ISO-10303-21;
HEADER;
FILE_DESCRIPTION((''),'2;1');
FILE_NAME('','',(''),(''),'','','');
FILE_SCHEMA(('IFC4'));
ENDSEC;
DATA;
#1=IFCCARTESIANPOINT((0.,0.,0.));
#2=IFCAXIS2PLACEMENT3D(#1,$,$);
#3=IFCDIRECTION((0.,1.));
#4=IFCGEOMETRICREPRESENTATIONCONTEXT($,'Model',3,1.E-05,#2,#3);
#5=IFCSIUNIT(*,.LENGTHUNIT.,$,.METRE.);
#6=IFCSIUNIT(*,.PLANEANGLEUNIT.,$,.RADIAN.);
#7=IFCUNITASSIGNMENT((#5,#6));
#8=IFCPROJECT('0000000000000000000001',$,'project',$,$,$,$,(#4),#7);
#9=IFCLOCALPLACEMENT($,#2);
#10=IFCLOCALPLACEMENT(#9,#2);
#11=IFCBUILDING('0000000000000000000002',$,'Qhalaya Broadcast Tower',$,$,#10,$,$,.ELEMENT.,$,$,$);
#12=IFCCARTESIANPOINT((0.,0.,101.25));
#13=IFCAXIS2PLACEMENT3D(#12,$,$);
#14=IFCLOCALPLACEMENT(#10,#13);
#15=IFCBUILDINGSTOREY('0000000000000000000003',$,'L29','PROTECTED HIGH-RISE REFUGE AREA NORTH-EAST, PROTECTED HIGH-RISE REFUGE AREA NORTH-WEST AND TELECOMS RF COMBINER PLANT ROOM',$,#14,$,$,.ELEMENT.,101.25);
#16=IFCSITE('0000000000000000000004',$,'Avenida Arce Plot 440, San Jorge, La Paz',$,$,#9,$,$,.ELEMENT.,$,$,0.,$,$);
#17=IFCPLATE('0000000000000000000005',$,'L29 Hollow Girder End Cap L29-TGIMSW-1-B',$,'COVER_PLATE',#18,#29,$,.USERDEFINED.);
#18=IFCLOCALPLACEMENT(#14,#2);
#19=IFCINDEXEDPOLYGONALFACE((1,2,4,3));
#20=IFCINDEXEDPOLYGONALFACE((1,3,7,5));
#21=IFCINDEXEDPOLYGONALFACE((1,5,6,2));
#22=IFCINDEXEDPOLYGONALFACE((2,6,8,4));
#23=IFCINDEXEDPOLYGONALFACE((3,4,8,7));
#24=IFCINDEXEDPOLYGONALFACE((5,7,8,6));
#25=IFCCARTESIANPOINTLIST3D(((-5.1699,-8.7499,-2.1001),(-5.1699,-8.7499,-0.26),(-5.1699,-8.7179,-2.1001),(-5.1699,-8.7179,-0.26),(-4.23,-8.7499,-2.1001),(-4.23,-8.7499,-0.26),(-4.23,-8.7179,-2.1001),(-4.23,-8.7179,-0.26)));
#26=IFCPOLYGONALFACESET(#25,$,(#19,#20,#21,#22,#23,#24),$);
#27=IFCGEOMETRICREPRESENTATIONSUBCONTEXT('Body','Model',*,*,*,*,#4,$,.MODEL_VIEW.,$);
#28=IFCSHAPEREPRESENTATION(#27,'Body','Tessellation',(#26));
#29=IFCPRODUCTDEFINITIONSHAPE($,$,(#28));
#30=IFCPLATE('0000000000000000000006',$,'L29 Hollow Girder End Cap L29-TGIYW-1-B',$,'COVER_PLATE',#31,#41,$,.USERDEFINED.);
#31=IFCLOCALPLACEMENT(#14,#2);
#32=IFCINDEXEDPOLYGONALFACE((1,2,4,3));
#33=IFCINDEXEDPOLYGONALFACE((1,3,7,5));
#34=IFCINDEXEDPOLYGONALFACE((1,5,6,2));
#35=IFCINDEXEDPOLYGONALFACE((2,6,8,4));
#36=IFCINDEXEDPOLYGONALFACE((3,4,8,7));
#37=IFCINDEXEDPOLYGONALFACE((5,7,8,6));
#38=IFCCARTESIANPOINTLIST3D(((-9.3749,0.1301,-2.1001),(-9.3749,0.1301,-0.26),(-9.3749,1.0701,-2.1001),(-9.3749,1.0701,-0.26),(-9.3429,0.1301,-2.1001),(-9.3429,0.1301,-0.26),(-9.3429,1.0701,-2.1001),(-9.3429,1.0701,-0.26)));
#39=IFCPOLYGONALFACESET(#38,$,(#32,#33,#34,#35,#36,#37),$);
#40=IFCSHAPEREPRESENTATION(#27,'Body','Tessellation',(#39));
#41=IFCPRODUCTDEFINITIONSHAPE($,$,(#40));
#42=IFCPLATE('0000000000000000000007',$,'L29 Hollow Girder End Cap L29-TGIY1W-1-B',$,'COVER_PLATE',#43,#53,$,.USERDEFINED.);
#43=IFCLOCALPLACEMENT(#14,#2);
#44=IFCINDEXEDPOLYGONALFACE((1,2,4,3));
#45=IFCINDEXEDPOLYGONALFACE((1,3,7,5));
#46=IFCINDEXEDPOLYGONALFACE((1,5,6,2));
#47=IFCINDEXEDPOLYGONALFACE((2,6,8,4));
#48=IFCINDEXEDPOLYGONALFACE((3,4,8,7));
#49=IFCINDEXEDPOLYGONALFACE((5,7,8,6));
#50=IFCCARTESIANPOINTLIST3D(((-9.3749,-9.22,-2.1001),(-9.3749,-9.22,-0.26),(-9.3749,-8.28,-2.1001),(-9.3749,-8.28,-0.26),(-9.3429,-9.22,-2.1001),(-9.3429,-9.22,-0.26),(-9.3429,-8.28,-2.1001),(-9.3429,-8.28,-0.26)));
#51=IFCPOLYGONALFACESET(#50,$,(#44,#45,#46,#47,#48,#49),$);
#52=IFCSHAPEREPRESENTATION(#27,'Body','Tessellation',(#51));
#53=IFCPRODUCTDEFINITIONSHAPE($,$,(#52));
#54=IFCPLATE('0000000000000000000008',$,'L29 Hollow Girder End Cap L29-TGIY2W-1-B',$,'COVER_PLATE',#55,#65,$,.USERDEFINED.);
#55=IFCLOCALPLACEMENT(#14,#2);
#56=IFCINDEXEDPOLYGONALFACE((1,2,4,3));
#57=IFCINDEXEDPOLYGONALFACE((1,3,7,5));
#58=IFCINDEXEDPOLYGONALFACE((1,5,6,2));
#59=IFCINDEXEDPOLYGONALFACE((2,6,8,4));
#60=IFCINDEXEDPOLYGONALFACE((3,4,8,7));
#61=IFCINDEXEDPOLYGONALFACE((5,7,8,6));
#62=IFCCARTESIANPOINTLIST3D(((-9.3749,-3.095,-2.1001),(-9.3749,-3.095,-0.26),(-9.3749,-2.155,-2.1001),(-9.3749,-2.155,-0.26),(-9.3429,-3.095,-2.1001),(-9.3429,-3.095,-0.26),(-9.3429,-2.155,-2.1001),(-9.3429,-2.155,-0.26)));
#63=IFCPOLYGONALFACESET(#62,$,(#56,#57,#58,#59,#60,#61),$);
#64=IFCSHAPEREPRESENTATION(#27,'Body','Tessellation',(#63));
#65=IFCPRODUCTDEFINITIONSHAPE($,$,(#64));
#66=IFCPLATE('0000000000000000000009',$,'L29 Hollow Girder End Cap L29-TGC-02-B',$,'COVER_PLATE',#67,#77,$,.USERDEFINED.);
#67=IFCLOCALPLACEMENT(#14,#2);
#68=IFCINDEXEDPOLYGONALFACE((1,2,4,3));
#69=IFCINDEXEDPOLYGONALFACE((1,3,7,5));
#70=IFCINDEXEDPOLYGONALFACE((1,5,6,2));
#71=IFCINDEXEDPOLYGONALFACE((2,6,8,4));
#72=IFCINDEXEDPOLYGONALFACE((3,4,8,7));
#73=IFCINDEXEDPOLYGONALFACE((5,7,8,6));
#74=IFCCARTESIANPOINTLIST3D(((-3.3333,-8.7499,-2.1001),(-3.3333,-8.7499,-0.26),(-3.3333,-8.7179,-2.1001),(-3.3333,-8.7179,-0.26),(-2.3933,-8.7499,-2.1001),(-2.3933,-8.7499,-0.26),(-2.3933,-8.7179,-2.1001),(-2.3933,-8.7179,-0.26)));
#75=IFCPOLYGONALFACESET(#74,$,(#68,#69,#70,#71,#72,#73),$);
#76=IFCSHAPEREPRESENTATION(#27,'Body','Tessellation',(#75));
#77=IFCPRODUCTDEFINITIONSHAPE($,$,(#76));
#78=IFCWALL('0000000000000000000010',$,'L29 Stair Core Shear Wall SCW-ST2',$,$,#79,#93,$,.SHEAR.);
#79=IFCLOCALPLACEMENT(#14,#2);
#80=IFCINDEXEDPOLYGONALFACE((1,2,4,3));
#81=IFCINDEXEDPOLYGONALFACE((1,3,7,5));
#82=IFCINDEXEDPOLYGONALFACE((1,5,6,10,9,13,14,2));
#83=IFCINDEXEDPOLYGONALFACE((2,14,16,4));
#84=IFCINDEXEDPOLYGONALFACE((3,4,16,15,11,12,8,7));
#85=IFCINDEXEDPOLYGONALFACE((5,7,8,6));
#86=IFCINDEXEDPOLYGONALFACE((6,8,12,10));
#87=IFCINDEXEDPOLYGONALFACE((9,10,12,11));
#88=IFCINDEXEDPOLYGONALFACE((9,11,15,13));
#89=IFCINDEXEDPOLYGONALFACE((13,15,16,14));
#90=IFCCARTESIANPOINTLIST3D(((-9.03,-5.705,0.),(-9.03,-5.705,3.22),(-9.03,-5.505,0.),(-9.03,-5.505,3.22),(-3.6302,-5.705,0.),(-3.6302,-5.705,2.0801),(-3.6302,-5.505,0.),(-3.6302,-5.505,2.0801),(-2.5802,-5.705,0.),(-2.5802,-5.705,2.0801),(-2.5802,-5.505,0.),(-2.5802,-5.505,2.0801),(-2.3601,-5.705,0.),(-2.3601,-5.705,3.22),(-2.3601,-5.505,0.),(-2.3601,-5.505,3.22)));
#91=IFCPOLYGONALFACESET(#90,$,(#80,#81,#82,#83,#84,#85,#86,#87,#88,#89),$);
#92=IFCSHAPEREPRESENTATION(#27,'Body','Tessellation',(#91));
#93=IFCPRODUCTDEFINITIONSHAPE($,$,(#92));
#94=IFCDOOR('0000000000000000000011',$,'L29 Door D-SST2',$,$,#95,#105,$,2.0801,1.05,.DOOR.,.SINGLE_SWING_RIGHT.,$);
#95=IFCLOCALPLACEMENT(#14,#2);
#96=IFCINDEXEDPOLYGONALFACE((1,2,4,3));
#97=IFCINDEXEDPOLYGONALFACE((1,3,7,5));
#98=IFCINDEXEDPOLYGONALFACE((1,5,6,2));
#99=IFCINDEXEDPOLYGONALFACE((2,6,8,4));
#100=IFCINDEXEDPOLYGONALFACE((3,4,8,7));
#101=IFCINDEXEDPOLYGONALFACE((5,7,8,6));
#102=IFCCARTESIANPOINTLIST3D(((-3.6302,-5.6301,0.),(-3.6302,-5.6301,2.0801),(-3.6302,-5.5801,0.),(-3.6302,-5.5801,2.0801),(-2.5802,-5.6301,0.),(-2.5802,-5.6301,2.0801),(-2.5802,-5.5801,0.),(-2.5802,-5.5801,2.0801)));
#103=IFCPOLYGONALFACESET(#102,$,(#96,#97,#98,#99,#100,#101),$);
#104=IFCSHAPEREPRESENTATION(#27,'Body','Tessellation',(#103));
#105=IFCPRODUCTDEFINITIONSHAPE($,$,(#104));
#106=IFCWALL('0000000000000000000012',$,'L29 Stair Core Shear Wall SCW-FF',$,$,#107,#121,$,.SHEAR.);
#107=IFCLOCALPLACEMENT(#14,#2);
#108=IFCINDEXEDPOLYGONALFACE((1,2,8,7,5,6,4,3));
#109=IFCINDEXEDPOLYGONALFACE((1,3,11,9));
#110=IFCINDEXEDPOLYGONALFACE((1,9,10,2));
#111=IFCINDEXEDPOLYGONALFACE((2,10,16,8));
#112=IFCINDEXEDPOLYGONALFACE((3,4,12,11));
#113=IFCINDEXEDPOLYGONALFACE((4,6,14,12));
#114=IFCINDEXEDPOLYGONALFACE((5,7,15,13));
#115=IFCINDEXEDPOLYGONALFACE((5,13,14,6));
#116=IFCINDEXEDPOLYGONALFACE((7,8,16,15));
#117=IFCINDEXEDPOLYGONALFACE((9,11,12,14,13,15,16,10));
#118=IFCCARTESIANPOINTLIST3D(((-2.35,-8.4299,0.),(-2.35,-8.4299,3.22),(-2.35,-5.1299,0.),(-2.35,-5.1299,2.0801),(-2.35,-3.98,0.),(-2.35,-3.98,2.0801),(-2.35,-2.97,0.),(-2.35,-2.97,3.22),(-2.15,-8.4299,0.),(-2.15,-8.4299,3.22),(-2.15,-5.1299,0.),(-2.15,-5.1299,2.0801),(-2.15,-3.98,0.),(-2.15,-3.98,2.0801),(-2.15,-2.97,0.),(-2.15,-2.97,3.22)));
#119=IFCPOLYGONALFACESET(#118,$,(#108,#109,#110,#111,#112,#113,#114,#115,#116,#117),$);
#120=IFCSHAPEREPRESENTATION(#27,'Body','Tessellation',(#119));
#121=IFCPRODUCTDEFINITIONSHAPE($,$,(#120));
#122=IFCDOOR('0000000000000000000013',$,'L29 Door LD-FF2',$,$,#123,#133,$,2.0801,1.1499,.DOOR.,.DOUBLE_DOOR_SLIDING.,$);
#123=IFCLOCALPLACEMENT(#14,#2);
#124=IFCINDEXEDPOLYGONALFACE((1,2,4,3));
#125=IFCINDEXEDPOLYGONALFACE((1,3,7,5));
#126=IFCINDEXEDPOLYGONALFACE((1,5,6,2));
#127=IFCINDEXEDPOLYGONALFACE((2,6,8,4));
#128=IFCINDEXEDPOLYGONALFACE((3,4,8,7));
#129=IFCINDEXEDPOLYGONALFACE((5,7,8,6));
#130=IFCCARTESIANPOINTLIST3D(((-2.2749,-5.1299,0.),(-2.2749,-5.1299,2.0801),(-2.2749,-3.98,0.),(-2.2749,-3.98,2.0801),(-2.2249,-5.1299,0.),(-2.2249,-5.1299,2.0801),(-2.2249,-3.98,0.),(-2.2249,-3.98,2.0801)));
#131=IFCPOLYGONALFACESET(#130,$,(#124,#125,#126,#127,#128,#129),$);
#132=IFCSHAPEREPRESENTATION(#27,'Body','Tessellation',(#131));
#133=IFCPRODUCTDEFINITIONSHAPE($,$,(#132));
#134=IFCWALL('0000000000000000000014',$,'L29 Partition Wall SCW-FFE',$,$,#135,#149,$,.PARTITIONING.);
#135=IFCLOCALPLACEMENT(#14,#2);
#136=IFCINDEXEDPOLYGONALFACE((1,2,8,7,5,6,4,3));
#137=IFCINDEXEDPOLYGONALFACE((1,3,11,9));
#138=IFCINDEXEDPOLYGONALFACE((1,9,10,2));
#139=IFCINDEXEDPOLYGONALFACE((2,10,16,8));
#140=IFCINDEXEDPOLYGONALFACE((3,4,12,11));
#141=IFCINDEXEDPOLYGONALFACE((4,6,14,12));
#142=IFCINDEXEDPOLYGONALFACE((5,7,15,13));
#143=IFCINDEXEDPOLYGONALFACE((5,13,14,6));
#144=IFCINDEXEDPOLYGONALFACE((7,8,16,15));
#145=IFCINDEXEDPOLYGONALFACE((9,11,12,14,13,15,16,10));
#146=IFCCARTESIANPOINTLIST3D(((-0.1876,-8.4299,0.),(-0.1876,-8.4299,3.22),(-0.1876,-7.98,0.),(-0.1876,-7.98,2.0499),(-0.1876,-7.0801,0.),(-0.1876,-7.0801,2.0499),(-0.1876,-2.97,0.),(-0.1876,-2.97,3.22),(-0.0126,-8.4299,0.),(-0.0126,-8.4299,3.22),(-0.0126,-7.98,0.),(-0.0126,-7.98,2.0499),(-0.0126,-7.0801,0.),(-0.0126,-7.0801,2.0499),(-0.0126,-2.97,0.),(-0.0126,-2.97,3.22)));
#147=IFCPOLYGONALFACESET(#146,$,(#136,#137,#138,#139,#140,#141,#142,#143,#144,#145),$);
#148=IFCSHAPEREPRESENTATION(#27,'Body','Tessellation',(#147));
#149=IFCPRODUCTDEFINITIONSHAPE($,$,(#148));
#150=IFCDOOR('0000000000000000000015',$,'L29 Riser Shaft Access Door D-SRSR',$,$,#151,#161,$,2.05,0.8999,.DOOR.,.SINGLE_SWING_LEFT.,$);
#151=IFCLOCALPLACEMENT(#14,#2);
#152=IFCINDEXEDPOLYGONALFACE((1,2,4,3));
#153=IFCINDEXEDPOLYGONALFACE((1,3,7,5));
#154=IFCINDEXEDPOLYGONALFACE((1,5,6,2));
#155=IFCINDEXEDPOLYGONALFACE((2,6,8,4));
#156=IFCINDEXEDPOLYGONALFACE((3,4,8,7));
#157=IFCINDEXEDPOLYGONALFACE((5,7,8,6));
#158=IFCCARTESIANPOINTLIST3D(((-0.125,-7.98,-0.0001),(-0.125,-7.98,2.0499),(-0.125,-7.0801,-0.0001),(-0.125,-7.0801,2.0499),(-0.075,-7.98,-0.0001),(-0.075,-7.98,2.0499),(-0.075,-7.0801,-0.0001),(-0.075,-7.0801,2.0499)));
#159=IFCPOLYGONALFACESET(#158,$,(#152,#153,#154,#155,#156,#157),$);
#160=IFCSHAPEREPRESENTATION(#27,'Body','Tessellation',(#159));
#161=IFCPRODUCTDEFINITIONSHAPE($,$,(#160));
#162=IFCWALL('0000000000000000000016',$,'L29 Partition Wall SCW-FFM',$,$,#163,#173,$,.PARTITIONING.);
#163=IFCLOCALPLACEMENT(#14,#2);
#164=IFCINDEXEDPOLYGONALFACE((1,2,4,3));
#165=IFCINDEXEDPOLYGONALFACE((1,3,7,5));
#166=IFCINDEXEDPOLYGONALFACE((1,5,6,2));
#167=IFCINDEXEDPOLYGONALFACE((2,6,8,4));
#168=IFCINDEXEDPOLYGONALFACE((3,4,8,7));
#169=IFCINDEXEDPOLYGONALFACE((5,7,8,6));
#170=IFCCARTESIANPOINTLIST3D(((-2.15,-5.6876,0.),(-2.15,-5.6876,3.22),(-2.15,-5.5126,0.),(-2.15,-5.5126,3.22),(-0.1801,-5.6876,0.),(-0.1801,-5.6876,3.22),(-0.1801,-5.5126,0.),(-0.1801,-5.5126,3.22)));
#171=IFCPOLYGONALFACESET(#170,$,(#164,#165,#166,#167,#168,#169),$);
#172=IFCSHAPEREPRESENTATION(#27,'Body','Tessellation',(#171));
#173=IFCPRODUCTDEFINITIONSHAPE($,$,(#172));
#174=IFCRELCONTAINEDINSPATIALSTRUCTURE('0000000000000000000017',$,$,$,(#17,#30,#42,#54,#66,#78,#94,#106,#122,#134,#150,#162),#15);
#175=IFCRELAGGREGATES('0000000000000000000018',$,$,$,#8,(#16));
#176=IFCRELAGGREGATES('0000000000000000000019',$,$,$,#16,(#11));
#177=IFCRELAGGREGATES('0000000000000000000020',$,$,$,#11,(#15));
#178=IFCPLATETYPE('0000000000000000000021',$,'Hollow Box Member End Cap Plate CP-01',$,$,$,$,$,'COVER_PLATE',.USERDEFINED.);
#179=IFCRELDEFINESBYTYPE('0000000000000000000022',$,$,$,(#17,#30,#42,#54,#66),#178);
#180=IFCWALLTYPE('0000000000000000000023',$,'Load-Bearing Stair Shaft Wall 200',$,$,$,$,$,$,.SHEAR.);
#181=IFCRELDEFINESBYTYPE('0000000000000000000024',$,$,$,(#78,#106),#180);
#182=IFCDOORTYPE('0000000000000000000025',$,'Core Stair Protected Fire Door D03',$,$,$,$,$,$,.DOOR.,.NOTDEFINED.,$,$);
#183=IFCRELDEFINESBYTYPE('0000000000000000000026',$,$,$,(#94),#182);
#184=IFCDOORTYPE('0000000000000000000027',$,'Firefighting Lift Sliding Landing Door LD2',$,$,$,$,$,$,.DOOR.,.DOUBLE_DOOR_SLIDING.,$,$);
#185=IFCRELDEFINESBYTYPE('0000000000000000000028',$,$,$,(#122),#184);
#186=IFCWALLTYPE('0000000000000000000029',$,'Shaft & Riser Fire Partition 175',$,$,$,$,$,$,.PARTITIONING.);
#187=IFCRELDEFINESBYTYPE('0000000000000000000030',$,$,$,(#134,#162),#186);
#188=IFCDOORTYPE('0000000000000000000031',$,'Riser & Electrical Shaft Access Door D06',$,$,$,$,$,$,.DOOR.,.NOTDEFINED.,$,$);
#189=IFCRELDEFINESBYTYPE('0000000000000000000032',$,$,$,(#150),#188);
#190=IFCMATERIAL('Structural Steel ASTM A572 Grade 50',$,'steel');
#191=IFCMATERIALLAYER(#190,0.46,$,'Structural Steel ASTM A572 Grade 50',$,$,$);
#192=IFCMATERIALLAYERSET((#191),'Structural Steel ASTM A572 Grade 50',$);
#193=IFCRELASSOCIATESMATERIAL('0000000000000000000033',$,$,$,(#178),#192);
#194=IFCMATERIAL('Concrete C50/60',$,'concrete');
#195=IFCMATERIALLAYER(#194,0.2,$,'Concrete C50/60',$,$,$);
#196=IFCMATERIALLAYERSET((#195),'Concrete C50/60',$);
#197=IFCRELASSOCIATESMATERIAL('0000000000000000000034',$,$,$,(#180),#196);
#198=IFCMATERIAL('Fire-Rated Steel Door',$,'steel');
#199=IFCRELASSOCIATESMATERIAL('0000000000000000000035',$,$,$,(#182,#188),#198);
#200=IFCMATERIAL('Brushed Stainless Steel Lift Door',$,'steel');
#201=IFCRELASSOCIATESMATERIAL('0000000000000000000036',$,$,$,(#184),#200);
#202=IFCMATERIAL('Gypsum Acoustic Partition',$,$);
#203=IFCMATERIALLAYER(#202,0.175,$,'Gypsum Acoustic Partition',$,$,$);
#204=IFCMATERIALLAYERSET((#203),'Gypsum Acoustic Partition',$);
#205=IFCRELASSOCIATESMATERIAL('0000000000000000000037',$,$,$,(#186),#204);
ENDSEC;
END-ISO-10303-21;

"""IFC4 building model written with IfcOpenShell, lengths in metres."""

from ifc_helpers import new_model, si_unit, direction, frame, frame_2d, origin, origin_2d, place, context, subcontext, project, spatial, rectangle, extrude, material, layer, layer_set, type_object, element, fill, save


model = new_model("IFC4")

# Units and contexts
model_context = context("Model", 3, precision=1e-05, world=origin(), true_north=direction((0.0, 1.0)))
body_context = subcontext(model_context, "Body", "Model", "MODEL_VIEW")
ifc_project = project(units=[si_unit("LENGTHUNIT", "METRE"), si_unit("PLANEANGLEUNIT", "RADIAN")], contexts=[model_context])

# Site, building, storey
site_placement = place(None, origin())
site = spatial("IfcSite", under=ifc_project, at=site_placement, Name="Avenida Arce Plot 440, San Jorge, La Paz", CompositionType="ELEMENT", RefElevation=0.0)
building_placement = place(site_placement, origin())
building = spatial("IfcBuilding", under=site, at=building_placement, Name="Qhalaya Broadcast Tower", CompositionType="ELEMENT")
storey_placement = place(building_placement, frame((0.0, 0.0, 101.25)))
storey = spatial("IfcBuildingStorey", under=building, at=storey_placement, Name="L29", Description="PROTECTED HIGH-RISE REFUGE AREA NORTH-EAST, PROTECTED HIGH-RISE REFUGE AREA NORTH-WEST AND TELECOMS RF COMBINER PLANT ROOM", CompositionType="ELEMENT", Elevation=101.25)

# Shared definitions
ifc_material_1 = material(Name="Concrete C50/60", Category="concrete")

# Plates
ifc_material_2 = material(Name="Structural Steel ASTM A572 Grade 50", Category="steel")
ifc_layer_1 = layer(ifc_material_2, 0.46, Name="Structural Steel ASTM A572 Grade 50")
ifc_layer_set_1 = layer_set([ifc_layer_1], Name="Structural Steel ASTM A572 Grade 50")
plate_type = type_object("IfcPlateType", Name="Hollow Box Member End Cap Plate CP-01", ElementType="COVER_PLATE", PredefinedType="USERDEFINED", material=ifc_layer_set_1)
for number, where, z_axis, x_axis, name in (
    (1, (-4.7, -8.7339, -2.1001), (0.0, 0.0, 1.0), (-1.0, 0.0, 0.0), "L29 Hollow Girder End Cap L29-TGIMSW-1-B"),
    (2, (-9.3589, 0.6001, -2.1001), (0.0, 0.0, 1.0), (0.0, 1.0, 0.0), "L29 Hollow Girder End Cap L29-TGIYW-1-B"),
    (3, (-9.3589, -8.75, -2.1001), (0.0, 0.0, 1.0), (0.0, 1.0, 0.0), "L29 Hollow Girder End Cap L29-TGIY1W-1-B"),
    (4, (-9.3589, -2.625, -2.1001), (0.0, 0.0, 1.0), (0.0, 1.0, 0.0), "L29 Hollow Girder End Cap L29-TGIY2W-1-B"),
    (5, (-2.8633, -8.7339, -2.1001), (0.0, 0.0, 1.0), (-1.0, 0.0, 0.0), "L29 Hollow Girder End Cap L29-TGC-02-B"),
):
    element("IfcPlate", number, at=place(storey_placement, frame(where, z_axis=z_axis, x_axis=x_axis)), inside=storey, type_object=plate_type, Name=name, ObjectType="COVER_PLATE", PredefinedType="USERDEFINED", context=body_context, shape_type="SweptSolid", body=[
        extrude(rectangle(XDim=0.9399, YDim=0.032, at=origin_2d()), origin(), (0.0, 0.0, 1.0), 1.8401),
    ])

# Walls, openings, doors
ifc_layer_2 = layer(ifc_material_1, 0.2, Name="Concrete C50/60")
ifc_layer_set_2 = layer_set([ifc_layer_2], Name="Concrete C50/60")
wall_type_1 = type_object("IfcWallType", Name="Load-Bearing Stair Shaft Wall 200", PredefinedType="SHEAR", material=ifc_layer_set_2)
wall_1_placement = place(storey_placement, frame((-9.03, -5.605, 0.0), z_axis=(0.0, 0.0, 1.0), x_axis=(1.0, 0.0, 0.0)))
wall_1 = element("IfcWall", 6, at=wall_1_placement, inside=storey, type_object=wall_type_1, Name="L29 Stair Core Shear Wall SCW-ST2", PredefinedType="SHEAR", context=body_context, shape_type="SweptSolid", body=[
    extrude(rectangle(XDim=6.6699, YDim=0.2, at=frame_2d((3.335, 0.0))), origin(), (0.0, 0.0, 1.0), 3.22),
])
opening_1_placement = place(wall_1_placement, frame((5.3999, 0.0, 0.0)))
opening_1 = element("IfcOpeningElement", 7, at=opening_1_placement, cuts=wall_1, PredefinedType="OPENING", context=body_context, shape_type="SweptSolid", body=[
    extrude(rectangle(XDim=1.05, YDim=2.0801, at=frame_2d((0.5249, 1.04))), frame((0.0, 0.1121, 0.0), z_axis=(0.0, -1.0, 0.0), x_axis=(1.0, 0.0, 0.0)), (0.0, 0.0, 1.0), 0.2239),
])
ifc_material_3 = material(Name="Fire-Rated Steel Door", Category="steel")
door_type_1 = type_object("IfcDoorType", Name="Core Stair Protected Fire Door D03", OperationType="NOTDEFINED", PredefinedType="DOOR", material=ifc_material_3)
door_1_placement = place(opening_1_placement, origin())
door_1 = element("IfcDoor", 8, at=door_1_placement, inside=storey, type_object=door_type_1, Name="L29 Door D-SST2", OperationType="SINGLE_SWING_RIGHT", OverallHeight=2.0801, OverallWidth=1.05, PredefinedType="DOOR", context=body_context, shape_type="SweptSolid", body=[
    extrude(rectangle(XDim=1.05, YDim=2.0801, at=frame_2d((0.5249, 1.04))), frame((0.0, 0.0249, 0.0), z_axis=(0.0, -1.0, 0.0), x_axis=(1.0, 0.0, 0.0)), (0.0, 0.0, 1.0), 0.05),
])
fill(opening_1, door_1)
wall_2_placement = place(storey_placement, frame((-2.25, -8.4299, 0.0), z_axis=(0.0, 0.0, 1.0), x_axis=(0.0, 1.0, 0.0)))
wall_2 = element("IfcWall", 9, at=wall_2_placement, inside=storey, type_object=wall_type_1, Name="L29 Stair Core Shear Wall SCW-FF", PredefinedType="SHEAR", context=body_context, shape_type="SweptSolid", body=[
    extrude(rectangle(XDim=5.46, YDim=0.2, at=frame_2d((2.73, 0.0))), origin(), (0.0, 0.0, 1.0), 3.22),
])
opening_2_placement = place(wall_2_placement, frame((3.3, 0.0, 0.0)))
opening_2 = element("IfcOpeningElement", 10, at=opening_2_placement, cuts=wall_2, PredefinedType="OPENING", context=body_context, shape_type="SweptSolid", body=[
    extrude(rectangle(XDim=1.1499, YDim=2.0801, at=frame_2d((0.575, 1.04))), frame((0.0, 0.1121, 0.0), z_axis=(0.0, -1.0, 0.0), x_axis=(1.0, 0.0, 0.0)), (0.0, 0.0, 1.0), 0.2239),
])
ifc_material_4 = material(Name="Brushed Stainless Steel Lift Door", Category="steel")
door_type_2 = type_object("IfcDoorType", Name="Firefighting Lift Sliding Landing Door LD2", OperationType="DOUBLE_DOOR_SLIDING", PredefinedType="DOOR", material=ifc_material_4)
door_2_placement = place(opening_2_placement, origin())
door_2 = element("IfcDoor", 11, at=door_2_placement, inside=storey, type_object=door_type_2, Name="L29 Door LD-FF2", OperationType="DOUBLE_DOOR_SLIDING", OverallHeight=2.0801, OverallWidth=1.1499, PredefinedType="DOOR", context=body_context, shape_type="SweptSolid", body=[
    extrude(rectangle(XDim=1.1499, YDim=2.0801, at=frame_2d((0.575, 1.04))), frame((0.0, 0.0249, 0.0), z_axis=(0.0, -1.0, 0.0), x_axis=(1.0, 0.0, 0.0)), (0.0, 0.0, 1.0), 0.05),
])
fill(opening_2, door_2)
ifc_material_5 = material(Name="Gypsum Acoustic Partition")
ifc_layer_3 = layer(ifc_material_5, 0.175, Name="Gypsum Acoustic Partition")
ifc_layer_set_3 = layer_set([ifc_layer_3], Name="Gypsum Acoustic Partition")
wall_type_2 = type_object("IfcWallType", Name="Shaft & Riser Fire Partition 175", PredefinedType="PARTITIONING", material=ifc_layer_set_3)
wall_3_placement = place(storey_placement, frame((-0.1001, -8.4299, 0.0), z_axis=(0.0, 0.0, 1.0), x_axis=(0.0, 1.0, 0.0)))
wall_3 = element("IfcWall", 12, at=wall_3_placement, inside=storey, type_object=wall_type_2, Name="L29 Partition Wall SCW-FFE", PredefinedType="PARTITIONING", context=body_context, shape_type="SweptSolid", body=[
    extrude(rectangle(XDim=5.46, YDim=0.175, at=frame_2d((2.73, 0.0))), origin(), (0.0, 0.0, 1.0), 3.22),
])
opening_3_placement = place(wall_3_placement, frame((0.45, 0.0, 0.0)))
opening_3 = element("IfcOpeningElement", 13, at=opening_3_placement, cuts=wall_3, PredefinedType="OPENING", context=body_context, shape_type="SweptSolid", body=[
    extrude(rectangle(XDim=0.8999, YDim=2.05, at=frame_2d((0.45, 1.0249))), frame((0.0, 0.0996, 0.0), z_axis=(0.0, -1.0, 0.0), x_axis=(1.0, 0.0, 0.0)), (0.0, 0.0, 1.0), 0.199),
])
door_type_3 = type_object("IfcDoorType", Name="Riser & Electrical Shaft Access Door D06", OperationType="NOTDEFINED", PredefinedType="DOOR", material=ifc_material_3)
door_3_placement = place(opening_3_placement, origin())
door_3 = element("IfcDoor", 14, at=door_3_placement, inside=storey, type_object=door_type_3, Name="L29 Riser Shaft Access Door D-SRSR", OperationType="SINGLE_SWING_LEFT", OverallHeight=2.05, OverallWidth=0.8999, PredefinedType="DOOR", context=body_context, shape_type="SweptSolid", body=[
    extrude(rectangle(XDim=0.8999, YDim=2.05, at=frame_2d((0.45, 1.0249))), frame((0.0, 0.0249, 0.0), z_axis=(0.0, -1.0, 0.0), x_axis=(1.0, 0.0, 0.0)), (0.0, 0.0, 1.0), 0.05),
])
fill(opening_3, door_3)

# Wall
wall_4_placement = place(storey_placement, frame((-2.1499, -5.6001, 0.0), z_axis=(0.0, 0.0, 1.0), x_axis=(1.0, 0.0, 0.0)))
element("IfcWall", 15, at=wall_4_placement, inside=storey, type_object=wall_type_2, Name="L29 Partition Wall SCW-FFM", PredefinedType="PARTITIONING", context=body_context, shape_type="SweptSolid", body=[
    extrude(rectangle(XDim=1.97, YDim=0.175, at=frame_2d((0.9849, 0.0))), origin(), (0.0, 0.0, 1.0), 3.22),
])

save(model, "model.ifc")
